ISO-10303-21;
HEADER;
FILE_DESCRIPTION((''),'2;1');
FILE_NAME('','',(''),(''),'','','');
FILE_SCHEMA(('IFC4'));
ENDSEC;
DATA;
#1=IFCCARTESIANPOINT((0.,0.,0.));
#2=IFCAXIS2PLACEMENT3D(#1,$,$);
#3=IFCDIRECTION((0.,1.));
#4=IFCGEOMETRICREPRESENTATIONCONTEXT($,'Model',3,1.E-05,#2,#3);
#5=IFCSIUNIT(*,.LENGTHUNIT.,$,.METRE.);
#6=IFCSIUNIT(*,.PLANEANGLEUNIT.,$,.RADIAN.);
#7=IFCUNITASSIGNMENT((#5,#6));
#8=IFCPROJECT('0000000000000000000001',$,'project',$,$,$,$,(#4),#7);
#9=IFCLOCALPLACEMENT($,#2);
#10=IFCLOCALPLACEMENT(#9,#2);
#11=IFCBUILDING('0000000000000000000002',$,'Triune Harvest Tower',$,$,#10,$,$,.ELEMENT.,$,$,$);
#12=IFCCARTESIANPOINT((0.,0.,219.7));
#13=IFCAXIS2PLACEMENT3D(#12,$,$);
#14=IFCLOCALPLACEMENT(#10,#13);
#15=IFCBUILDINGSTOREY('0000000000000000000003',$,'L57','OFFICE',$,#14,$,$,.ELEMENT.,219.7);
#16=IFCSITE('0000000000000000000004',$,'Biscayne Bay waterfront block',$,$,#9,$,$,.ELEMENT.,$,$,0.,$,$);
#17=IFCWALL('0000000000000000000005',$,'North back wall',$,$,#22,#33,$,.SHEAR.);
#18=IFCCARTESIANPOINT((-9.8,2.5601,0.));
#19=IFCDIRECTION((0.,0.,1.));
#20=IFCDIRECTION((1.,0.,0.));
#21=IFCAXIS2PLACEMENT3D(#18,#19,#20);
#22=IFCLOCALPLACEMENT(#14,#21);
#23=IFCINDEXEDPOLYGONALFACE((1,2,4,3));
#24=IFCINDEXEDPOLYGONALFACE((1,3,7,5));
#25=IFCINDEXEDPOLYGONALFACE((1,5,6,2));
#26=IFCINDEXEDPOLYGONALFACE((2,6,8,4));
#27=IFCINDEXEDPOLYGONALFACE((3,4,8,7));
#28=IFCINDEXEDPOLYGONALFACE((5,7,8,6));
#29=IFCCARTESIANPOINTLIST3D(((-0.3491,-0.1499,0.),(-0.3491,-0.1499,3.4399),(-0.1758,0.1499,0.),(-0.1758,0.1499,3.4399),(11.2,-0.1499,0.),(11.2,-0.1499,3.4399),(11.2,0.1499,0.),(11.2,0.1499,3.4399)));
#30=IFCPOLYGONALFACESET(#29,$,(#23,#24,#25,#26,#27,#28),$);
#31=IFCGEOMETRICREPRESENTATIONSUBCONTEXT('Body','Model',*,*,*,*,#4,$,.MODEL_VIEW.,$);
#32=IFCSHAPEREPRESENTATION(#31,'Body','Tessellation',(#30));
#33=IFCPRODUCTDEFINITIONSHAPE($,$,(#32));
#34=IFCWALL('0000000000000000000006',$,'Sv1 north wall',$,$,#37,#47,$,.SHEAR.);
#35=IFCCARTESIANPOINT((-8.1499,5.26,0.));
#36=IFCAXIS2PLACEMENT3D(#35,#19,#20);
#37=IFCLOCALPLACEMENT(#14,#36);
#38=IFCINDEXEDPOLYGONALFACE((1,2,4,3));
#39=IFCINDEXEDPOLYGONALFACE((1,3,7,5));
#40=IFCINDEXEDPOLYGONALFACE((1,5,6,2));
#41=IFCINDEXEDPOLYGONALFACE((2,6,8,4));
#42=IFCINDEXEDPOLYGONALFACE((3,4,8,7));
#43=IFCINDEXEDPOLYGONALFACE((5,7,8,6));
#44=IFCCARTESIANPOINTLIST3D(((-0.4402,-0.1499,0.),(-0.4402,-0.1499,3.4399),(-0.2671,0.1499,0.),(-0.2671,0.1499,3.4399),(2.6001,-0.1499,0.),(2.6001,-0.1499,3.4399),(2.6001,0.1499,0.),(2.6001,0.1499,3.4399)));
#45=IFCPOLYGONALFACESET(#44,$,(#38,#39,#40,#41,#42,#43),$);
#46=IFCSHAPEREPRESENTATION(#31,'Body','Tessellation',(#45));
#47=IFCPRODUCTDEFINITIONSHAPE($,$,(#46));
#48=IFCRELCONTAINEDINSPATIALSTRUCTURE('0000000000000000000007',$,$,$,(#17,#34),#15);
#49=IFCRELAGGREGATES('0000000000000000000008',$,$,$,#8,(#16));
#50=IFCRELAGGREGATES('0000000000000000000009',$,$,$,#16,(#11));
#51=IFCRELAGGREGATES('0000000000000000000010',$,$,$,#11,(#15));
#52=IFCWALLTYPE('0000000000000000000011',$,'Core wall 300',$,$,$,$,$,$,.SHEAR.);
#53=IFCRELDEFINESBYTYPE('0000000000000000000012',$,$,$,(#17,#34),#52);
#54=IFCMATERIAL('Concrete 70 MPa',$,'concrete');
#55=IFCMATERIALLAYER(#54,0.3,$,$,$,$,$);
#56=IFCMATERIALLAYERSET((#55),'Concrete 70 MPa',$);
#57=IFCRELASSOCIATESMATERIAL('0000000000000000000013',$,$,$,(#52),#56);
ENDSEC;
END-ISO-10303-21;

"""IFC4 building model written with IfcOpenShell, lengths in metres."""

from ifc_helpers import new_model, si_unit, direction, frame, origin, place, context, subcontext, project, spatial, polyline, outline, extrude, source, transform, mapped, material, layer, layer_set, type_object, element, save


model = new_model("IFC4")

# Units and contexts
model_context = context("Model", 3, precision=1e-05, world=origin(), true_north=direction((0.0, 1.0)))
body_context = subcontext(model_context, "Body", "Model", "MODEL_VIEW")
ifc_project = project(units=[si_unit("LENGTHUNIT", "METRE"), si_unit("PLANEANGLEUNIT", "RADIAN")], contexts=[model_context])

# Site, building, storey
site_placement = place(None, origin())
site = spatial("IfcSite", under=ifc_project, at=site_placement, Name="Biscayne Bay waterfront block", CompositionType="ELEMENT", RefElevation=0.0)
building_placement = place(site_placement, origin())
building = spatial("IfcBuilding", under=site, at=building_placement, Name="Triune Harvest Tower", CompositionType="ELEMENT")
storey_placement = place(building_placement, frame((0.0, 0.0, 219.7)))
storey = spatial("IfcBuildingStorey", under=building, at=storey_placement, Name="L57", Description="OFFICE", CompositionType="ELEMENT", Elevation=219.7)

# Shared definitions
ifc_material_1 = material(Name="Concrete 70 MPa", Category="concrete")
ifc_layer_1 = layer(ifc_material_1, 0.3)
ifc_layer_set_1 = layer_set([ifc_layer_1], Name="Concrete 70 MPa")
wall_type_1 = type_object("IfcWallType", Name="Core wall 300", PredefinedType="SHEAR", material=ifc_layer_set_1)

# Walls
shared_shape_1 = source(origin(), body_context, "Body", "SweptSolid", [
    extrude(outline(polyline([(11.2, -0.1499), (-0.3491, -0.1499), (-0.1758, 0.1499), (11.2, 0.1499), (11.2, -0.1499)])), origin(), (0.0, 0.0, 1.0), 3.4399),
])
wall_1_placement = place(storey_placement, frame((-9.8, 2.5601, 0.0), z_axis=(0.0, 0.0, 1.0), x_axis=(1.0, 0.0, 0.0)))
element("IfcWall", 1, at=wall_1_placement, inside=storey, type_object=wall_type_1, Name="North back wall", PredefinedType="SHEAR", context=body_context, shape_type="MappedRepresentation", body=[
    mapped(shared_shape_1, transform((0.0, 0.0, 0.0), scale=1.0)),
])
shared_shape_2 = source(origin(), body_context, "Body", "SweptSolid", [
    extrude(outline(polyline([(2.6001, -0.1499), (-0.4402, -0.1499), (-0.2671, 0.1499), (2.6001, 0.1499), (2.6001, -0.1499)])), origin(), (0.0, 0.0, 1.0), 3.4399),
])
wall_2_placement = place(storey_placement, frame((-8.1499, 5.26, 0.0), z_axis=(0.0, 0.0, 1.0), x_axis=(1.0, 0.0, 0.0)))
element("IfcWall", 2, at=wall_2_placement, inside=storey, type_object=wall_type_1, Name="Sv1 north wall", PredefinedType="SHEAR", context=body_context, shape_type="MappedRepresentation", body=[
    mapped(shared_shape_2, transform((0.0, 0.0, 0.0), scale=1.0)),
])

save(model, "model.ifc")
